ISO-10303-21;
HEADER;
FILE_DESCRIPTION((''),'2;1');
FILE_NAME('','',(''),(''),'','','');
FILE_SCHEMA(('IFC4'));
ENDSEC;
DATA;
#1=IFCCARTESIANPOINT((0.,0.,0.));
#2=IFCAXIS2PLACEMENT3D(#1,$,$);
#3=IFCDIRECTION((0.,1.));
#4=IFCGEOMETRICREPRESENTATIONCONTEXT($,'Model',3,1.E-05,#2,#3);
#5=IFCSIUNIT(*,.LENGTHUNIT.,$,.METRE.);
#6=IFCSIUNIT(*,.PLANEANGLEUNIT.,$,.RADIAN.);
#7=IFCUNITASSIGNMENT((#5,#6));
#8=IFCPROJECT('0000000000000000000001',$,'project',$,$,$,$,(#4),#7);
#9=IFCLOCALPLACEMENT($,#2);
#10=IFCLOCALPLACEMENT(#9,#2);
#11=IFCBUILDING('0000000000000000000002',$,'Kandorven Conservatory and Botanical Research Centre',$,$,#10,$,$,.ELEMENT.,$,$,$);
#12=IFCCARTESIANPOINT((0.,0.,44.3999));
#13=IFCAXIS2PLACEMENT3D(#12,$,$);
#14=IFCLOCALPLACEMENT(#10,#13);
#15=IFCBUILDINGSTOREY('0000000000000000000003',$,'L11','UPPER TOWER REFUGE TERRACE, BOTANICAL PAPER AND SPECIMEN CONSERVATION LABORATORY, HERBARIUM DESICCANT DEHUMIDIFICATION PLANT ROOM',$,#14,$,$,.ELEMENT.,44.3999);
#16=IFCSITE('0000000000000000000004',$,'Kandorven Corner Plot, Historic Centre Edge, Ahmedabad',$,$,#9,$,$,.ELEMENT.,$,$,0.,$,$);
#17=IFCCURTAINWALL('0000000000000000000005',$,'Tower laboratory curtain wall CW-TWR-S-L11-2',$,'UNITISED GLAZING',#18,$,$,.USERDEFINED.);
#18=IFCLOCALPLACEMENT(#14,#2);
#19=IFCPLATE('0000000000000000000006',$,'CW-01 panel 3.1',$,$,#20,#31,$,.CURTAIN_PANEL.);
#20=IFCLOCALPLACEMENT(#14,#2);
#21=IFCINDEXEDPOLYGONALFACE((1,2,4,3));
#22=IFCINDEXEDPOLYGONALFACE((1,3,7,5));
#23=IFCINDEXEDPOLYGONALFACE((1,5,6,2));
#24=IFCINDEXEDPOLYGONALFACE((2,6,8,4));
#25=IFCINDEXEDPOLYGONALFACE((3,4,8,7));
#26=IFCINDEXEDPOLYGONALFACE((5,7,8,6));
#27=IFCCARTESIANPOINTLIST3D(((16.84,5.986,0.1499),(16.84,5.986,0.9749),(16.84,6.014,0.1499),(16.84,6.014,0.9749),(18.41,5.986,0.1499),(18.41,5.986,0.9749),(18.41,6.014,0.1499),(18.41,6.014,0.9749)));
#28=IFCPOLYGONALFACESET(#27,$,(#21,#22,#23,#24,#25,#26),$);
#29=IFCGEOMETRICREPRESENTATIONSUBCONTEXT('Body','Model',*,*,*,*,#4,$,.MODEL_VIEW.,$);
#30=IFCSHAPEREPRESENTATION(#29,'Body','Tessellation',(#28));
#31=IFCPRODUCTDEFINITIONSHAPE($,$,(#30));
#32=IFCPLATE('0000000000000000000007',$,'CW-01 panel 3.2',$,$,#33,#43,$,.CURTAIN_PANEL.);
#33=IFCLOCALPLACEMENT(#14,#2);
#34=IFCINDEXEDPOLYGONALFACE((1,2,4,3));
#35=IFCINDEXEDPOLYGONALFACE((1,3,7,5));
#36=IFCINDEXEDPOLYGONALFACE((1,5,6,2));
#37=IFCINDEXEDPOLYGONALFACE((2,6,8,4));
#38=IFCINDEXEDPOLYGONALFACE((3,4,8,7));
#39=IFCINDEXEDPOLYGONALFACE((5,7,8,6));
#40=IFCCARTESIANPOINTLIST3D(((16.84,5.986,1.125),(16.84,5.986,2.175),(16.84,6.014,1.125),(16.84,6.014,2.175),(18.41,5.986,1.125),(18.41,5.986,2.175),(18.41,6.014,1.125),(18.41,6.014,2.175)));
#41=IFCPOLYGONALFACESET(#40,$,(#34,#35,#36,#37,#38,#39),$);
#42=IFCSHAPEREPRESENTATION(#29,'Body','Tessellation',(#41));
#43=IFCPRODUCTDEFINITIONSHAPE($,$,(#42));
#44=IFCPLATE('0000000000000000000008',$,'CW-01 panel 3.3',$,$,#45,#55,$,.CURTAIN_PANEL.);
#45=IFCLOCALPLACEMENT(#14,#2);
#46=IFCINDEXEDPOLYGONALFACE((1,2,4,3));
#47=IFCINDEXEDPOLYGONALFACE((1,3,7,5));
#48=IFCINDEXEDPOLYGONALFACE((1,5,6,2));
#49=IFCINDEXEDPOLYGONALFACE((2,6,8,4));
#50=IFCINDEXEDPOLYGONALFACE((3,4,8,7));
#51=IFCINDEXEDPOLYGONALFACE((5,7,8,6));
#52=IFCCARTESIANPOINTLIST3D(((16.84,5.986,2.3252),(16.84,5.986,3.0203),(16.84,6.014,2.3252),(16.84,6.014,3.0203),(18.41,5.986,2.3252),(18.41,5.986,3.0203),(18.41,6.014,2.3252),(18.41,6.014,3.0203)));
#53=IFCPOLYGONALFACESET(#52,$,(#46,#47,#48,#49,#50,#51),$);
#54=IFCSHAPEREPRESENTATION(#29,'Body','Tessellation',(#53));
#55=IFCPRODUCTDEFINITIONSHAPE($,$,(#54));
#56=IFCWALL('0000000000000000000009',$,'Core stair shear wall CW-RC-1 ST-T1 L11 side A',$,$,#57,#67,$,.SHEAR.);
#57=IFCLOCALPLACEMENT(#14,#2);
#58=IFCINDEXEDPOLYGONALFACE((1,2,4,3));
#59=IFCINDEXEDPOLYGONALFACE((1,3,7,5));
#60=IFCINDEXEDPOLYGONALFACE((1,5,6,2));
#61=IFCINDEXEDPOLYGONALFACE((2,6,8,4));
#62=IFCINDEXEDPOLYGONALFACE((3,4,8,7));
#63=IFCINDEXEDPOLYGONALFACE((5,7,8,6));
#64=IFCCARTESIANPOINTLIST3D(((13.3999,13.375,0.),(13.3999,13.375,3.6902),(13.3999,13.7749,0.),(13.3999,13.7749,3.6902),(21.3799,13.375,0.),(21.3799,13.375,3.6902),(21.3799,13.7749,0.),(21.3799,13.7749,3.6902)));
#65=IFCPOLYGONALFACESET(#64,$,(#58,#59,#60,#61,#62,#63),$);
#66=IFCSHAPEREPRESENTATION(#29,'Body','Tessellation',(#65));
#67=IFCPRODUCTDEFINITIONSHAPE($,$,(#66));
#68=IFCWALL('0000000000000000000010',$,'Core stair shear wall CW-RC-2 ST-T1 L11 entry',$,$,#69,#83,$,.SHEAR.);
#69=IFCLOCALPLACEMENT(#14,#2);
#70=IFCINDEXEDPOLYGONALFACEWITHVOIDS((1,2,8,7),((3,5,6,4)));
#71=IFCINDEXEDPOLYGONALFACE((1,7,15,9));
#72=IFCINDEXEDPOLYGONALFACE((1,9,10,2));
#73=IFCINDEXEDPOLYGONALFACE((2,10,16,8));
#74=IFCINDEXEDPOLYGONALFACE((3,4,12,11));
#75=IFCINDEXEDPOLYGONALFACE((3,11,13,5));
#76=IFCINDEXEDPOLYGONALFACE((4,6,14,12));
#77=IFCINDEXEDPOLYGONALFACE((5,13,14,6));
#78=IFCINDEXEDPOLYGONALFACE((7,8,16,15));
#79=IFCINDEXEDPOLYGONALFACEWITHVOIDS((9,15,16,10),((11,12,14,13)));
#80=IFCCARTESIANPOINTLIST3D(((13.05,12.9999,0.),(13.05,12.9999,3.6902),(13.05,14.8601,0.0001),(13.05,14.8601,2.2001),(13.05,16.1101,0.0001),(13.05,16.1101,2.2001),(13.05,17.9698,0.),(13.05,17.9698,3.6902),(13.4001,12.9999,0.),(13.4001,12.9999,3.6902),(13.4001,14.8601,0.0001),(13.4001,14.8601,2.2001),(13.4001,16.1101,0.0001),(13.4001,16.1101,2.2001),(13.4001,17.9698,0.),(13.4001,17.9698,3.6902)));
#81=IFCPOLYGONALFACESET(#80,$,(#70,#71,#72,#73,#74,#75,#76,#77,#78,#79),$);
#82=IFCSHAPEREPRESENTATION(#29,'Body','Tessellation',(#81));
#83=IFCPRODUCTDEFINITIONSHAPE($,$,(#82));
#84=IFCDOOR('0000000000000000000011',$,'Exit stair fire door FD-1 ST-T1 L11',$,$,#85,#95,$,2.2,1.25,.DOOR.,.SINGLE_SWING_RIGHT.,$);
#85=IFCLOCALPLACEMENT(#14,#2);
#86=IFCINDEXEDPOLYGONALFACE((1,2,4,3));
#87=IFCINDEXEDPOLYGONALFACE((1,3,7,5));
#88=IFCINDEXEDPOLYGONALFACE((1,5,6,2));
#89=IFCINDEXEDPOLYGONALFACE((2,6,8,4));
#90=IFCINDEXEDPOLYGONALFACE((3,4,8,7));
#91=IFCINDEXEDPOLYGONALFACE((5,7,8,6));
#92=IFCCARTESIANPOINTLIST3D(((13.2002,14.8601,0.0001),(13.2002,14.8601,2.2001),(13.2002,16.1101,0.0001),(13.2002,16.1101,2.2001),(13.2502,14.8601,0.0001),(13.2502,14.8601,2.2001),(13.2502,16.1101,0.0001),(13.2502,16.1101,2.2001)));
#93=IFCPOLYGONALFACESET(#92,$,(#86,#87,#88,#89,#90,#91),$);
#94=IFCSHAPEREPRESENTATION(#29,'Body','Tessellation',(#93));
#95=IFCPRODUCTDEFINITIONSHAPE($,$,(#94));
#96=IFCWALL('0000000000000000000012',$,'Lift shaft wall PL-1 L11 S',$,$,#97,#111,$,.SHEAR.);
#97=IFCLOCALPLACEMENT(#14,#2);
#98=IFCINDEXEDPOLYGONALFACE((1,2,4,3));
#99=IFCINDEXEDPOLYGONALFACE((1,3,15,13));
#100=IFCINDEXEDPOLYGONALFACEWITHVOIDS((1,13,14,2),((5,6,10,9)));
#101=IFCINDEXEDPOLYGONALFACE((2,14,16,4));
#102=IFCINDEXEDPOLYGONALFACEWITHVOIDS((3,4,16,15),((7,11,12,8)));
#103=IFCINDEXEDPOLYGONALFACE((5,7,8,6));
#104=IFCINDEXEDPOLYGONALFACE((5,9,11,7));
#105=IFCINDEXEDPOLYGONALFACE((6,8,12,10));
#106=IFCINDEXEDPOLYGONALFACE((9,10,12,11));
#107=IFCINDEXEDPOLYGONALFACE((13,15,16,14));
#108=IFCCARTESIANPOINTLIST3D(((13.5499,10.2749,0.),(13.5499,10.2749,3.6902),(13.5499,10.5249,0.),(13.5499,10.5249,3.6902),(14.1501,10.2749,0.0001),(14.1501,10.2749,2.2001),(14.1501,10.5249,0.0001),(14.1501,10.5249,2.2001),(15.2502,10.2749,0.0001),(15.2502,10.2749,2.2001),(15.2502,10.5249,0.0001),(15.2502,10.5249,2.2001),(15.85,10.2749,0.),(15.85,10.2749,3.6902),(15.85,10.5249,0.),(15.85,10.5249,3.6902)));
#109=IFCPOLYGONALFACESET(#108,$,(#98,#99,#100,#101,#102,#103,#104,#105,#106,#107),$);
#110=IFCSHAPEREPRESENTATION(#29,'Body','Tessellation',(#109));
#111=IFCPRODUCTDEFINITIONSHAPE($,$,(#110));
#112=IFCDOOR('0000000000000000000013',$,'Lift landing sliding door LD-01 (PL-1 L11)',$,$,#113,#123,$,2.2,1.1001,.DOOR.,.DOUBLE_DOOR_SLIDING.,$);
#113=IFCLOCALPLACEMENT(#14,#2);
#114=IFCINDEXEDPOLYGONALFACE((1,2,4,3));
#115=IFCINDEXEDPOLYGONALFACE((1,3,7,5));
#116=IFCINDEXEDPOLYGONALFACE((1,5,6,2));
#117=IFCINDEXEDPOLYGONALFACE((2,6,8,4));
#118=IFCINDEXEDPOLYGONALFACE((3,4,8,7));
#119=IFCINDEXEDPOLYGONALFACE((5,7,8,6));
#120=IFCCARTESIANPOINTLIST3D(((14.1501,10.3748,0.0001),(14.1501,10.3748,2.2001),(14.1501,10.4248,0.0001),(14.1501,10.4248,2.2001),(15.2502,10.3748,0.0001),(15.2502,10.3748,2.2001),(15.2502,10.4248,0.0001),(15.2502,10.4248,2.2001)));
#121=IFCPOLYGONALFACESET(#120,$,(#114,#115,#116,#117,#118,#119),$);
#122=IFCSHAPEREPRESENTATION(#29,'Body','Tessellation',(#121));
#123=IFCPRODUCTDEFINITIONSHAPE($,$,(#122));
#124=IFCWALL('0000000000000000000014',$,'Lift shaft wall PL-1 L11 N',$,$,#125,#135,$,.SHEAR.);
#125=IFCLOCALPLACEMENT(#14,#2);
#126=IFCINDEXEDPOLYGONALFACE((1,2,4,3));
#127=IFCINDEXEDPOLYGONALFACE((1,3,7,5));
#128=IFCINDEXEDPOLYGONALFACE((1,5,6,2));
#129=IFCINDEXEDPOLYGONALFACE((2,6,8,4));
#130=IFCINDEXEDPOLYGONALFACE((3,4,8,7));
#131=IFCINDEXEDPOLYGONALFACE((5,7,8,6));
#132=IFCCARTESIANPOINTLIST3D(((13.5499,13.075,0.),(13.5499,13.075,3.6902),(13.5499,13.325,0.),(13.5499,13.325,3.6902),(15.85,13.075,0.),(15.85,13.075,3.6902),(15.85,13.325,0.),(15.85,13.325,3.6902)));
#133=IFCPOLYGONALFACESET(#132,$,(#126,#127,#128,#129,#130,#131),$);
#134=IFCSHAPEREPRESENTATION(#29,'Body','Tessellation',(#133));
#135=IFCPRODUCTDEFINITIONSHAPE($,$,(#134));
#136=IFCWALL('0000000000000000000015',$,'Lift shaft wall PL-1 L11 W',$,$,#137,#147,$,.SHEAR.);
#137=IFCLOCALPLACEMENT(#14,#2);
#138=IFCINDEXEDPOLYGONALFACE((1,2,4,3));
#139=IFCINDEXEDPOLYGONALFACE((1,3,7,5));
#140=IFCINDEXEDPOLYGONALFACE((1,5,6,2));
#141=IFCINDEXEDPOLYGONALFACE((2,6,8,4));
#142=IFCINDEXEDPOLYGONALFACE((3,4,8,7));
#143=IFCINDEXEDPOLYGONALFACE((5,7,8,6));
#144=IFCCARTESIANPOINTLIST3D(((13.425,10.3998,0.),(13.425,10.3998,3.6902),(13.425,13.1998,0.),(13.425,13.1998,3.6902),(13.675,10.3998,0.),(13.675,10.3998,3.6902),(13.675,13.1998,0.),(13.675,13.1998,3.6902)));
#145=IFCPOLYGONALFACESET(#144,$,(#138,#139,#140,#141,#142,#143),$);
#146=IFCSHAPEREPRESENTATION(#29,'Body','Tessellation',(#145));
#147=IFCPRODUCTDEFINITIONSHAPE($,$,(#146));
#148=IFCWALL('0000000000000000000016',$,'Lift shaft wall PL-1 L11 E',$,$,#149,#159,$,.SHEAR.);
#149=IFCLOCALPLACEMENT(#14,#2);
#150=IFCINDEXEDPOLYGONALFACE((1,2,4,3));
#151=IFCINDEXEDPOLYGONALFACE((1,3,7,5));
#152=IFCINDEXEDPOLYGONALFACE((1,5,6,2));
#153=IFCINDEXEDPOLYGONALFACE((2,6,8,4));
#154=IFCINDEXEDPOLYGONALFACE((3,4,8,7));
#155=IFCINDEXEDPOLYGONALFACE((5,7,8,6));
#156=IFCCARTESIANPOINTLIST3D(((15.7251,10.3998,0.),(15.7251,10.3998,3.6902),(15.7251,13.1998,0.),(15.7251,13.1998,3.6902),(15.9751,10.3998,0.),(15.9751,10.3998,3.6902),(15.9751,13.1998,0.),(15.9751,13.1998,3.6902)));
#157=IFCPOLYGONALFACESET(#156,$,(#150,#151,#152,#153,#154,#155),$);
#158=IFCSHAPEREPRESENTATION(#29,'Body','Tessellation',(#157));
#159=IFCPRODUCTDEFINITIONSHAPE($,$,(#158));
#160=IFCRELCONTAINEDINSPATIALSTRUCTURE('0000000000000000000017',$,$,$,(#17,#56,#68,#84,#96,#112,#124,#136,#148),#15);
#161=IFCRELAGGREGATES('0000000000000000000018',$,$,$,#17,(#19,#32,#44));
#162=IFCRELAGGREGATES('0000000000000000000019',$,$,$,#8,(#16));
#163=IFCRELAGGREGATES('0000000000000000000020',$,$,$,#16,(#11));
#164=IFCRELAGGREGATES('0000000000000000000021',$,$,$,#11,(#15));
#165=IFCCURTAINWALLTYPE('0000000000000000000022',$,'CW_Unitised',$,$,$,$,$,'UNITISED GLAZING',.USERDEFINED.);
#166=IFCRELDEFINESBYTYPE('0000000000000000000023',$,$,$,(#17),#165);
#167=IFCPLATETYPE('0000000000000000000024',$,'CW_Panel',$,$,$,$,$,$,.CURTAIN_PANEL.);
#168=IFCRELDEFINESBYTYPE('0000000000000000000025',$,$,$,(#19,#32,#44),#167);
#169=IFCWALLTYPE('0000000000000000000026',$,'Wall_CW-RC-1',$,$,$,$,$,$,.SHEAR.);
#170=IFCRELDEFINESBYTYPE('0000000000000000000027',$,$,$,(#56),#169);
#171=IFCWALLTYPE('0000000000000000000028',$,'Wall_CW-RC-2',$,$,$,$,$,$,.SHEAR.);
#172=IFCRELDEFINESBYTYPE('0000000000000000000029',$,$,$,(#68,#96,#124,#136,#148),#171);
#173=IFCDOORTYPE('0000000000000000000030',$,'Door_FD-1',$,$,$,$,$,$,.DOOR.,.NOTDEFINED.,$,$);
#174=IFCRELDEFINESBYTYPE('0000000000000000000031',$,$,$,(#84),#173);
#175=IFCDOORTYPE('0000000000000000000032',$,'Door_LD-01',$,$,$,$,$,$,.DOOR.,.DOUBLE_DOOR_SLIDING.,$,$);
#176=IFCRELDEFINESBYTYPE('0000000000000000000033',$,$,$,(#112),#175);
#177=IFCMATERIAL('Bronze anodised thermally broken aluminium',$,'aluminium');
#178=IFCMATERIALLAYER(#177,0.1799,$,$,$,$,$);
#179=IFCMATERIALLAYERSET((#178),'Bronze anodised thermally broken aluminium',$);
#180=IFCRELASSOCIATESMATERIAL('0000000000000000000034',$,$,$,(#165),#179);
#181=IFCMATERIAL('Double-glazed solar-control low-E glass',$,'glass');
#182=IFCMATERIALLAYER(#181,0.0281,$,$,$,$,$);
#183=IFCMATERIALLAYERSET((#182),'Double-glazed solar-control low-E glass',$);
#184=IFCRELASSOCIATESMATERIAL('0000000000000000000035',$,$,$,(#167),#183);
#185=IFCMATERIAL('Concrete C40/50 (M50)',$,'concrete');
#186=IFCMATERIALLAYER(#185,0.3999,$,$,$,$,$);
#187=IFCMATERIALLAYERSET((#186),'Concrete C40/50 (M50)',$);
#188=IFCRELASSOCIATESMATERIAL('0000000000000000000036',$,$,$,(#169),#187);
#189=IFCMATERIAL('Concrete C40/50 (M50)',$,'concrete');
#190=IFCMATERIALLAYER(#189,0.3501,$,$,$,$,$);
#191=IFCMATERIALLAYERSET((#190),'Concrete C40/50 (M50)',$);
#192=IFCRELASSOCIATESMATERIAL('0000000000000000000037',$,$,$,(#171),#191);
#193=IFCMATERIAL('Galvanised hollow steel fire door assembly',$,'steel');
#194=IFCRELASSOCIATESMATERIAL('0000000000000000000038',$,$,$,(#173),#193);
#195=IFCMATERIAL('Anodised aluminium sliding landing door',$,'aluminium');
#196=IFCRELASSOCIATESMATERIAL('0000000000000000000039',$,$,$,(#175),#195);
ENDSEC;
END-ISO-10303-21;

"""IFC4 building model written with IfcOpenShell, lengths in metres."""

from ifc_helpers import new_model, si_unit, direction, frame, frame_2d, origin, origin_2d, place, context, subcontext, project, spatial, rectangle, extrude, material, layer, layer_set, type_object, element, fill, aggregate, save


model = new_model("IFC4")

# Units and contexts
model_context = context("Model", 3, precision=1e-05, world=origin(), true_north=direction((0.0, 1.0)))
body_context = subcontext(model_context, "Body", "Model", "MODEL_VIEW")
ifc_project = project(units=[si_unit("LENGTHUNIT", "METRE"), si_unit("PLANEANGLEUNIT", "RADIAN")], contexts=[model_context])

# Site, building, storey
site_placement = place(None, origin())
site = spatial("IfcSite", under=ifc_project, at=site_placement, Name="Kandorven Corner Plot, Historic Centre Edge, Ahmedabad", CompositionType="ELEMENT", RefElevation=0.0)
building_placement = place(site_placement, origin())
building = spatial("IfcBuilding", under=site, at=building_placement, Name="Kandorven Conservatory and Botanical Research Centre", CompositionType="ELEMENT")
storey_placement = place(building_placement, frame((0.0, 0.0, 44.3999)))
storey = spatial("IfcBuildingStorey", under=building, at=storey_placement, Name="L11", Description="UPPER TOWER REFUGE TERRACE, BOTANICAL PAPER AND SPECIMEN CONSERVATION LABORATORY, HERBARIUM DESICCANT DEHUMIDIFICATION PLANT ROOM", CompositionType="ELEMENT", Elevation=44.3999)

# Curtain wall
ifc_material_1 = material(Name="Bronze anodised thermally broken aluminium", Category="aluminium")
ifc_layer_1 = layer(ifc_material_1, 0.1799)
ifc_layer_set_1 = layer_set([ifc_layer_1], Name="Bronze anodised thermally broken aluminium")
curtain_wall_type = type_object("IfcCurtainWallType", Name="CW_Unitised", ElementType="UNITISED GLAZING", PredefinedType="USERDEFINED", material=ifc_layer_set_1)
curtain_wall_placement = place(storey_placement, origin())
curtain_wall = element("IfcCurtainWall", 1, at=curtain_wall_placement, inside=storey, type_object=curtain_wall_type, Name="Tower laboratory curtain wall CW-TWR-S-L11-2", ObjectType="UNITISED GLAZING", PredefinedType="USERDEFINED")

# Plates
ifc_material_2 = material(Name="Double-glazed solar-control low-E glass", Category="glass")
ifc_layer_2 = layer(ifc_material_2, 0.0281)
ifc_layer_set_2 = layer_set([ifc_layer_2], Name="Double-glazed solar-control low-E glass")
plate_type = type_object("IfcPlateType", Name="CW_Panel", PredefinedType="CURTAIN_PANEL", material=ifc_layer_set_2)
plate_1_placement = place(storey_placement, frame((17.625, 6.0, 0.1499), z_axis=(0.0, 0.0, 1.0), x_axis=(1.0, 0.0, 0.0)))
plate_1 = element("IfcPlate", 2, at=plate_1_placement, type_object=plate_type, Name="CW-01 panel 3.1", PredefinedType="CURTAIN_PANEL", context=body_context, shape_type="SweptSolid", body=[
    extrude(rectangle(XDim=1.5701, YDim=0.0281, at=origin_2d()), origin(), (0.0, 0.0, 1.0), 0.825),
])
plate_2_placement = place(storey_placement, frame((17.625, 6.0, 1.125), z_axis=(0.0, 0.0, 1.0), x_axis=(1.0, 0.0, 0.0)))
plate_2 = element("IfcPlate", 3, at=plate_2_placement, type_object=plate_type, Name="CW-01 panel 3.2", PredefinedType="CURTAIN_PANEL", context=body_context, shape_type="SweptSolid", body=[
    extrude(rectangle(XDim=1.5701, YDim=0.0281, at=origin_2d()), origin(), (0.0, 0.0, 1.0), 1.05),
])
plate_3_placement = place(storey_placement, frame((17.625, 6.0, 2.3252), z_axis=(0.0, 0.0, 1.0), x_axis=(1.0, 0.0, 0.0)))
plate_3 = element("IfcPlate", 4, at=plate_3_placement, type_object=plate_type, Name="CW-01 panel 3.3", PredefinedType="CURTAIN_PANEL", context=body_context, shape_type="SweptSolid", body=[
    extrude(rectangle(XDim=1.5701, YDim=0.0281, at=origin_2d()), origin(), (0.0, 0.0, 1.0), 0.6951),
])
aggregate(curtain_wall, [plate_1, plate_2, plate_3])

# Wall
ifc_material_3 = material(Name="Concrete C40/50 (M50)", Category="concrete")
ifc_layer_3 = layer(ifc_material_3, 0.3999)
ifc_layer_set_3 = layer_set([ifc_layer_3], Name="Concrete C40/50 (M50)")
wall_type_1 = type_object("IfcWallType", Name="Wall_CW-RC-1", PredefinedType="SHEAR", material=ifc_layer_set_3)
wall_1_placement = place(storey_placement, frame((13.3999, 13.575, 0.0), z_axis=(0.0, 0.0, 1.0), x_axis=(1.0, 0.0, 0.0)))
element("IfcWall", 5, at=wall_1_placement, inside=storey, type_object=wall_type_1, Name="Core stair shear wall CW-RC-1 ST-T1 L11 side A", PredefinedType="SHEAR", context=body_context, shape_type="SweptSolid", body=[
    extrude(rectangle(XDim=7.98, YDim=0.3999, at=frame_2d((3.99, 0.0))), origin(), (0.0, 0.0, 1.0), 3.6902),
])

# Walls, openings, doors
ifc_material_4 = material(Name="Concrete C40/50 (M50)", Category="concrete")
ifc_layer_4 = layer(ifc_material_4, 0.3501)
ifc_layer_set_4 = layer_set([ifc_layer_4], Name="Concrete C40/50 (M50)")
wall_type_2 = type_object("IfcWallType", Name="Wall_CW-RC-2", PredefinedType="SHEAR", material=ifc_layer_set_4)
wall_2_placement = place(storey_placement, frame((13.2251, 13.0, 0.0), z_axis=(0.0, 0.0, 1.0), x_axis=(0.0, 1.0, 0.0)))
wall_2 = element("IfcWall", 6, at=wall_2_placement, inside=storey, type_object=wall_type_2, Name="Core stair shear wall CW-RC-2 ST-T1 L11 entry", PredefinedType="SHEAR", context=body_context, shape_type="SweptSolid", body=[
    extrude(rectangle(XDim=4.97, YDim=0.3501, at=frame_2d((2.4849, 0.0))), origin(), (0.0, 0.0, 1.0), 3.6902),
])
opening_1_placement = place(wall_2_placement, frame((1.8601, 0.0, 0.0)))
opening_1 = element("IfcOpeningElement", 7, at=opening_1_placement, cuts=wall_2, PredefinedType="OPENING", context=body_context, shape_type="SweptSolid", body=[
    extrude(rectangle(XDim=1.25, YDim=2.2, at=frame_2d((0.625, 1.1001))), frame((0.0, 0.1851, 0.0), z_axis=(0.0, -1.0, 0.0), x_axis=(1.0, 0.0, 0.0)), (0.0, 0.0, 1.0), 0.3701),
])
ifc_material_5 = material(Name="Galvanised hollow steel fire door assembly", Category="steel")
door_type_1 = type_object("IfcDoorType", Name="Door_FD-1", OperationType="NOTDEFINED", PredefinedType="DOOR", material=ifc_material_5)
door_1_placement = place(opening_1_placement, origin())
door_1 = element("IfcDoor", 8, at=door_1_placement, inside=storey, type_object=door_type_1, Name="Exit stair fire door FD-1 ST-T1 L11", OperationType="SINGLE_SWING_RIGHT", OverallHeight=2.2, OverallWidth=1.25, PredefinedType="DOOR", context=body_context, shape_type="SweptSolid", body=[
    extrude(rectangle(XDim=1.25, YDim=2.2, at=frame_2d((0.625, 1.1001))), frame((0.0, 0.0249, 0.0), z_axis=(0.0, -1.0, 0.0), x_axis=(1.0, 0.0, 0.0)), (0.0, 0.0, 1.0), 0.05),
])
fill(opening_1, door_1)
wall_3_placement = place(storey_placement, frame((13.55, 10.3999, 0.0), z_axis=(0.0, 0.0, 1.0), x_axis=(1.0, 0.0, 0.0)))
wall_3 = element("IfcWall", 9, at=wall_3_placement, inside=storey, type_object=wall_type_2, Name="Lift shaft wall PL-1 L11 S", PredefinedType="SHEAR", context=body_context, shape_type="SweptSolid", body=[
    extrude(rectangle(XDim=2.3, YDim=0.25, at=frame_2d((1.1499, 0.0))), origin(), (0.0, 0.0, 1.0), 3.6902),
])
opening_2_placement = place(wall_3_placement, frame((0.6001, 0.0, 0.0)))
opening_2 = element("IfcOpeningElement", 10, at=opening_2_placement, cuts=wall_3, PredefinedType="OPENING", context=body_context, shape_type="SweptSolid", body=[
    extrude(rectangle(XDim=1.1001, YDim=2.2, at=frame_2d((0.55, 1.1001))), frame((0.0, 0.135, 0.0), z_axis=(0.0, -1.0, 0.0), x_axis=(1.0, 0.0, 0.0)), (0.0, 0.0, 1.0), 0.27),
])
ifc_material_6 = material(Name="Anodised aluminium sliding landing door", Category="aluminium")
door_type_2 = type_object("IfcDoorType", Name="Door_LD-01", OperationType="DOUBLE_DOOR_SLIDING", PredefinedType="DOOR", material=ifc_material_6)
door_2_placement = place(opening_2_placement, origin())
door_2 = element("IfcDoor", 11, at=door_2_placement, inside=storey, type_object=door_type_2, Name="Lift landing sliding door LD-01 (PL-1 L11)", OperationType="DOUBLE_DOOR_SLIDING", OverallHeight=2.2, OverallWidth=1.1001, PredefinedType="DOOR", context=body_context, shape_type="SweptSolid", body=[
    extrude(rectangle(XDim=1.1001, YDim=2.2, at=frame_2d((0.55, 1.1001))), frame((0.0, 0.0249, 0.0), z_axis=(0.0, -1.0, 0.0), x_axis=(1.0, 0.0, 0.0)), (0.0, 0.0, 1.0), 0.05),
])
fill(opening_2, door_2)

# Walls
wall_4_placement = place(storey_placement, frame((13.55, 13.2, 0.0), z_axis=(0.0, 0.0, 1.0), x_axis=(1.0, 0.0, 0.0)))
element("IfcWall", 12, at=wall_4_placement, inside=storey, type_object=wall_type_2, Name="Lift shaft wall PL-1 L11 N", PredefinedType="SHEAR", context=body_context, shape_type="SweptSolid", body=[
    extrude(rectangle(XDim=2.3, YDim=0.25, at=frame_2d((1.1499, 0.0))), origin(), (0.0, 0.0, 1.0), 3.6902),
])
for number, where, z_axis, x_axis, name in (
    (13, (13.55, 10.3999, 0.0), (0.0, 0.0, 1.0), (0.0, 1.0, 0.0), "Lift shaft wall PL-1 L11 W"),
    (14, (15.8501, 10.3999, 0.0), (0.0, 0.0, 1.0), (0.0, 1.0, 0.0), "Lift shaft wall PL-1 L11 E"),
):
    element("IfcWall", number, at=place(storey_placement, frame(where, z_axis=z_axis, x_axis=x_axis)), inside=storey, type_object=wall_type_2, Name=name, PredefinedType="SHEAR", context=body_context, shape_type="SweptSolid", body=[
        extrude(rectangle(XDim=2.8, YDim=0.25, at=frame_2d((1.3999, 0.0))), origin(), (0.0, 0.0, 1.0), 3.6902),
    ])

save(model, "model.ifc")
